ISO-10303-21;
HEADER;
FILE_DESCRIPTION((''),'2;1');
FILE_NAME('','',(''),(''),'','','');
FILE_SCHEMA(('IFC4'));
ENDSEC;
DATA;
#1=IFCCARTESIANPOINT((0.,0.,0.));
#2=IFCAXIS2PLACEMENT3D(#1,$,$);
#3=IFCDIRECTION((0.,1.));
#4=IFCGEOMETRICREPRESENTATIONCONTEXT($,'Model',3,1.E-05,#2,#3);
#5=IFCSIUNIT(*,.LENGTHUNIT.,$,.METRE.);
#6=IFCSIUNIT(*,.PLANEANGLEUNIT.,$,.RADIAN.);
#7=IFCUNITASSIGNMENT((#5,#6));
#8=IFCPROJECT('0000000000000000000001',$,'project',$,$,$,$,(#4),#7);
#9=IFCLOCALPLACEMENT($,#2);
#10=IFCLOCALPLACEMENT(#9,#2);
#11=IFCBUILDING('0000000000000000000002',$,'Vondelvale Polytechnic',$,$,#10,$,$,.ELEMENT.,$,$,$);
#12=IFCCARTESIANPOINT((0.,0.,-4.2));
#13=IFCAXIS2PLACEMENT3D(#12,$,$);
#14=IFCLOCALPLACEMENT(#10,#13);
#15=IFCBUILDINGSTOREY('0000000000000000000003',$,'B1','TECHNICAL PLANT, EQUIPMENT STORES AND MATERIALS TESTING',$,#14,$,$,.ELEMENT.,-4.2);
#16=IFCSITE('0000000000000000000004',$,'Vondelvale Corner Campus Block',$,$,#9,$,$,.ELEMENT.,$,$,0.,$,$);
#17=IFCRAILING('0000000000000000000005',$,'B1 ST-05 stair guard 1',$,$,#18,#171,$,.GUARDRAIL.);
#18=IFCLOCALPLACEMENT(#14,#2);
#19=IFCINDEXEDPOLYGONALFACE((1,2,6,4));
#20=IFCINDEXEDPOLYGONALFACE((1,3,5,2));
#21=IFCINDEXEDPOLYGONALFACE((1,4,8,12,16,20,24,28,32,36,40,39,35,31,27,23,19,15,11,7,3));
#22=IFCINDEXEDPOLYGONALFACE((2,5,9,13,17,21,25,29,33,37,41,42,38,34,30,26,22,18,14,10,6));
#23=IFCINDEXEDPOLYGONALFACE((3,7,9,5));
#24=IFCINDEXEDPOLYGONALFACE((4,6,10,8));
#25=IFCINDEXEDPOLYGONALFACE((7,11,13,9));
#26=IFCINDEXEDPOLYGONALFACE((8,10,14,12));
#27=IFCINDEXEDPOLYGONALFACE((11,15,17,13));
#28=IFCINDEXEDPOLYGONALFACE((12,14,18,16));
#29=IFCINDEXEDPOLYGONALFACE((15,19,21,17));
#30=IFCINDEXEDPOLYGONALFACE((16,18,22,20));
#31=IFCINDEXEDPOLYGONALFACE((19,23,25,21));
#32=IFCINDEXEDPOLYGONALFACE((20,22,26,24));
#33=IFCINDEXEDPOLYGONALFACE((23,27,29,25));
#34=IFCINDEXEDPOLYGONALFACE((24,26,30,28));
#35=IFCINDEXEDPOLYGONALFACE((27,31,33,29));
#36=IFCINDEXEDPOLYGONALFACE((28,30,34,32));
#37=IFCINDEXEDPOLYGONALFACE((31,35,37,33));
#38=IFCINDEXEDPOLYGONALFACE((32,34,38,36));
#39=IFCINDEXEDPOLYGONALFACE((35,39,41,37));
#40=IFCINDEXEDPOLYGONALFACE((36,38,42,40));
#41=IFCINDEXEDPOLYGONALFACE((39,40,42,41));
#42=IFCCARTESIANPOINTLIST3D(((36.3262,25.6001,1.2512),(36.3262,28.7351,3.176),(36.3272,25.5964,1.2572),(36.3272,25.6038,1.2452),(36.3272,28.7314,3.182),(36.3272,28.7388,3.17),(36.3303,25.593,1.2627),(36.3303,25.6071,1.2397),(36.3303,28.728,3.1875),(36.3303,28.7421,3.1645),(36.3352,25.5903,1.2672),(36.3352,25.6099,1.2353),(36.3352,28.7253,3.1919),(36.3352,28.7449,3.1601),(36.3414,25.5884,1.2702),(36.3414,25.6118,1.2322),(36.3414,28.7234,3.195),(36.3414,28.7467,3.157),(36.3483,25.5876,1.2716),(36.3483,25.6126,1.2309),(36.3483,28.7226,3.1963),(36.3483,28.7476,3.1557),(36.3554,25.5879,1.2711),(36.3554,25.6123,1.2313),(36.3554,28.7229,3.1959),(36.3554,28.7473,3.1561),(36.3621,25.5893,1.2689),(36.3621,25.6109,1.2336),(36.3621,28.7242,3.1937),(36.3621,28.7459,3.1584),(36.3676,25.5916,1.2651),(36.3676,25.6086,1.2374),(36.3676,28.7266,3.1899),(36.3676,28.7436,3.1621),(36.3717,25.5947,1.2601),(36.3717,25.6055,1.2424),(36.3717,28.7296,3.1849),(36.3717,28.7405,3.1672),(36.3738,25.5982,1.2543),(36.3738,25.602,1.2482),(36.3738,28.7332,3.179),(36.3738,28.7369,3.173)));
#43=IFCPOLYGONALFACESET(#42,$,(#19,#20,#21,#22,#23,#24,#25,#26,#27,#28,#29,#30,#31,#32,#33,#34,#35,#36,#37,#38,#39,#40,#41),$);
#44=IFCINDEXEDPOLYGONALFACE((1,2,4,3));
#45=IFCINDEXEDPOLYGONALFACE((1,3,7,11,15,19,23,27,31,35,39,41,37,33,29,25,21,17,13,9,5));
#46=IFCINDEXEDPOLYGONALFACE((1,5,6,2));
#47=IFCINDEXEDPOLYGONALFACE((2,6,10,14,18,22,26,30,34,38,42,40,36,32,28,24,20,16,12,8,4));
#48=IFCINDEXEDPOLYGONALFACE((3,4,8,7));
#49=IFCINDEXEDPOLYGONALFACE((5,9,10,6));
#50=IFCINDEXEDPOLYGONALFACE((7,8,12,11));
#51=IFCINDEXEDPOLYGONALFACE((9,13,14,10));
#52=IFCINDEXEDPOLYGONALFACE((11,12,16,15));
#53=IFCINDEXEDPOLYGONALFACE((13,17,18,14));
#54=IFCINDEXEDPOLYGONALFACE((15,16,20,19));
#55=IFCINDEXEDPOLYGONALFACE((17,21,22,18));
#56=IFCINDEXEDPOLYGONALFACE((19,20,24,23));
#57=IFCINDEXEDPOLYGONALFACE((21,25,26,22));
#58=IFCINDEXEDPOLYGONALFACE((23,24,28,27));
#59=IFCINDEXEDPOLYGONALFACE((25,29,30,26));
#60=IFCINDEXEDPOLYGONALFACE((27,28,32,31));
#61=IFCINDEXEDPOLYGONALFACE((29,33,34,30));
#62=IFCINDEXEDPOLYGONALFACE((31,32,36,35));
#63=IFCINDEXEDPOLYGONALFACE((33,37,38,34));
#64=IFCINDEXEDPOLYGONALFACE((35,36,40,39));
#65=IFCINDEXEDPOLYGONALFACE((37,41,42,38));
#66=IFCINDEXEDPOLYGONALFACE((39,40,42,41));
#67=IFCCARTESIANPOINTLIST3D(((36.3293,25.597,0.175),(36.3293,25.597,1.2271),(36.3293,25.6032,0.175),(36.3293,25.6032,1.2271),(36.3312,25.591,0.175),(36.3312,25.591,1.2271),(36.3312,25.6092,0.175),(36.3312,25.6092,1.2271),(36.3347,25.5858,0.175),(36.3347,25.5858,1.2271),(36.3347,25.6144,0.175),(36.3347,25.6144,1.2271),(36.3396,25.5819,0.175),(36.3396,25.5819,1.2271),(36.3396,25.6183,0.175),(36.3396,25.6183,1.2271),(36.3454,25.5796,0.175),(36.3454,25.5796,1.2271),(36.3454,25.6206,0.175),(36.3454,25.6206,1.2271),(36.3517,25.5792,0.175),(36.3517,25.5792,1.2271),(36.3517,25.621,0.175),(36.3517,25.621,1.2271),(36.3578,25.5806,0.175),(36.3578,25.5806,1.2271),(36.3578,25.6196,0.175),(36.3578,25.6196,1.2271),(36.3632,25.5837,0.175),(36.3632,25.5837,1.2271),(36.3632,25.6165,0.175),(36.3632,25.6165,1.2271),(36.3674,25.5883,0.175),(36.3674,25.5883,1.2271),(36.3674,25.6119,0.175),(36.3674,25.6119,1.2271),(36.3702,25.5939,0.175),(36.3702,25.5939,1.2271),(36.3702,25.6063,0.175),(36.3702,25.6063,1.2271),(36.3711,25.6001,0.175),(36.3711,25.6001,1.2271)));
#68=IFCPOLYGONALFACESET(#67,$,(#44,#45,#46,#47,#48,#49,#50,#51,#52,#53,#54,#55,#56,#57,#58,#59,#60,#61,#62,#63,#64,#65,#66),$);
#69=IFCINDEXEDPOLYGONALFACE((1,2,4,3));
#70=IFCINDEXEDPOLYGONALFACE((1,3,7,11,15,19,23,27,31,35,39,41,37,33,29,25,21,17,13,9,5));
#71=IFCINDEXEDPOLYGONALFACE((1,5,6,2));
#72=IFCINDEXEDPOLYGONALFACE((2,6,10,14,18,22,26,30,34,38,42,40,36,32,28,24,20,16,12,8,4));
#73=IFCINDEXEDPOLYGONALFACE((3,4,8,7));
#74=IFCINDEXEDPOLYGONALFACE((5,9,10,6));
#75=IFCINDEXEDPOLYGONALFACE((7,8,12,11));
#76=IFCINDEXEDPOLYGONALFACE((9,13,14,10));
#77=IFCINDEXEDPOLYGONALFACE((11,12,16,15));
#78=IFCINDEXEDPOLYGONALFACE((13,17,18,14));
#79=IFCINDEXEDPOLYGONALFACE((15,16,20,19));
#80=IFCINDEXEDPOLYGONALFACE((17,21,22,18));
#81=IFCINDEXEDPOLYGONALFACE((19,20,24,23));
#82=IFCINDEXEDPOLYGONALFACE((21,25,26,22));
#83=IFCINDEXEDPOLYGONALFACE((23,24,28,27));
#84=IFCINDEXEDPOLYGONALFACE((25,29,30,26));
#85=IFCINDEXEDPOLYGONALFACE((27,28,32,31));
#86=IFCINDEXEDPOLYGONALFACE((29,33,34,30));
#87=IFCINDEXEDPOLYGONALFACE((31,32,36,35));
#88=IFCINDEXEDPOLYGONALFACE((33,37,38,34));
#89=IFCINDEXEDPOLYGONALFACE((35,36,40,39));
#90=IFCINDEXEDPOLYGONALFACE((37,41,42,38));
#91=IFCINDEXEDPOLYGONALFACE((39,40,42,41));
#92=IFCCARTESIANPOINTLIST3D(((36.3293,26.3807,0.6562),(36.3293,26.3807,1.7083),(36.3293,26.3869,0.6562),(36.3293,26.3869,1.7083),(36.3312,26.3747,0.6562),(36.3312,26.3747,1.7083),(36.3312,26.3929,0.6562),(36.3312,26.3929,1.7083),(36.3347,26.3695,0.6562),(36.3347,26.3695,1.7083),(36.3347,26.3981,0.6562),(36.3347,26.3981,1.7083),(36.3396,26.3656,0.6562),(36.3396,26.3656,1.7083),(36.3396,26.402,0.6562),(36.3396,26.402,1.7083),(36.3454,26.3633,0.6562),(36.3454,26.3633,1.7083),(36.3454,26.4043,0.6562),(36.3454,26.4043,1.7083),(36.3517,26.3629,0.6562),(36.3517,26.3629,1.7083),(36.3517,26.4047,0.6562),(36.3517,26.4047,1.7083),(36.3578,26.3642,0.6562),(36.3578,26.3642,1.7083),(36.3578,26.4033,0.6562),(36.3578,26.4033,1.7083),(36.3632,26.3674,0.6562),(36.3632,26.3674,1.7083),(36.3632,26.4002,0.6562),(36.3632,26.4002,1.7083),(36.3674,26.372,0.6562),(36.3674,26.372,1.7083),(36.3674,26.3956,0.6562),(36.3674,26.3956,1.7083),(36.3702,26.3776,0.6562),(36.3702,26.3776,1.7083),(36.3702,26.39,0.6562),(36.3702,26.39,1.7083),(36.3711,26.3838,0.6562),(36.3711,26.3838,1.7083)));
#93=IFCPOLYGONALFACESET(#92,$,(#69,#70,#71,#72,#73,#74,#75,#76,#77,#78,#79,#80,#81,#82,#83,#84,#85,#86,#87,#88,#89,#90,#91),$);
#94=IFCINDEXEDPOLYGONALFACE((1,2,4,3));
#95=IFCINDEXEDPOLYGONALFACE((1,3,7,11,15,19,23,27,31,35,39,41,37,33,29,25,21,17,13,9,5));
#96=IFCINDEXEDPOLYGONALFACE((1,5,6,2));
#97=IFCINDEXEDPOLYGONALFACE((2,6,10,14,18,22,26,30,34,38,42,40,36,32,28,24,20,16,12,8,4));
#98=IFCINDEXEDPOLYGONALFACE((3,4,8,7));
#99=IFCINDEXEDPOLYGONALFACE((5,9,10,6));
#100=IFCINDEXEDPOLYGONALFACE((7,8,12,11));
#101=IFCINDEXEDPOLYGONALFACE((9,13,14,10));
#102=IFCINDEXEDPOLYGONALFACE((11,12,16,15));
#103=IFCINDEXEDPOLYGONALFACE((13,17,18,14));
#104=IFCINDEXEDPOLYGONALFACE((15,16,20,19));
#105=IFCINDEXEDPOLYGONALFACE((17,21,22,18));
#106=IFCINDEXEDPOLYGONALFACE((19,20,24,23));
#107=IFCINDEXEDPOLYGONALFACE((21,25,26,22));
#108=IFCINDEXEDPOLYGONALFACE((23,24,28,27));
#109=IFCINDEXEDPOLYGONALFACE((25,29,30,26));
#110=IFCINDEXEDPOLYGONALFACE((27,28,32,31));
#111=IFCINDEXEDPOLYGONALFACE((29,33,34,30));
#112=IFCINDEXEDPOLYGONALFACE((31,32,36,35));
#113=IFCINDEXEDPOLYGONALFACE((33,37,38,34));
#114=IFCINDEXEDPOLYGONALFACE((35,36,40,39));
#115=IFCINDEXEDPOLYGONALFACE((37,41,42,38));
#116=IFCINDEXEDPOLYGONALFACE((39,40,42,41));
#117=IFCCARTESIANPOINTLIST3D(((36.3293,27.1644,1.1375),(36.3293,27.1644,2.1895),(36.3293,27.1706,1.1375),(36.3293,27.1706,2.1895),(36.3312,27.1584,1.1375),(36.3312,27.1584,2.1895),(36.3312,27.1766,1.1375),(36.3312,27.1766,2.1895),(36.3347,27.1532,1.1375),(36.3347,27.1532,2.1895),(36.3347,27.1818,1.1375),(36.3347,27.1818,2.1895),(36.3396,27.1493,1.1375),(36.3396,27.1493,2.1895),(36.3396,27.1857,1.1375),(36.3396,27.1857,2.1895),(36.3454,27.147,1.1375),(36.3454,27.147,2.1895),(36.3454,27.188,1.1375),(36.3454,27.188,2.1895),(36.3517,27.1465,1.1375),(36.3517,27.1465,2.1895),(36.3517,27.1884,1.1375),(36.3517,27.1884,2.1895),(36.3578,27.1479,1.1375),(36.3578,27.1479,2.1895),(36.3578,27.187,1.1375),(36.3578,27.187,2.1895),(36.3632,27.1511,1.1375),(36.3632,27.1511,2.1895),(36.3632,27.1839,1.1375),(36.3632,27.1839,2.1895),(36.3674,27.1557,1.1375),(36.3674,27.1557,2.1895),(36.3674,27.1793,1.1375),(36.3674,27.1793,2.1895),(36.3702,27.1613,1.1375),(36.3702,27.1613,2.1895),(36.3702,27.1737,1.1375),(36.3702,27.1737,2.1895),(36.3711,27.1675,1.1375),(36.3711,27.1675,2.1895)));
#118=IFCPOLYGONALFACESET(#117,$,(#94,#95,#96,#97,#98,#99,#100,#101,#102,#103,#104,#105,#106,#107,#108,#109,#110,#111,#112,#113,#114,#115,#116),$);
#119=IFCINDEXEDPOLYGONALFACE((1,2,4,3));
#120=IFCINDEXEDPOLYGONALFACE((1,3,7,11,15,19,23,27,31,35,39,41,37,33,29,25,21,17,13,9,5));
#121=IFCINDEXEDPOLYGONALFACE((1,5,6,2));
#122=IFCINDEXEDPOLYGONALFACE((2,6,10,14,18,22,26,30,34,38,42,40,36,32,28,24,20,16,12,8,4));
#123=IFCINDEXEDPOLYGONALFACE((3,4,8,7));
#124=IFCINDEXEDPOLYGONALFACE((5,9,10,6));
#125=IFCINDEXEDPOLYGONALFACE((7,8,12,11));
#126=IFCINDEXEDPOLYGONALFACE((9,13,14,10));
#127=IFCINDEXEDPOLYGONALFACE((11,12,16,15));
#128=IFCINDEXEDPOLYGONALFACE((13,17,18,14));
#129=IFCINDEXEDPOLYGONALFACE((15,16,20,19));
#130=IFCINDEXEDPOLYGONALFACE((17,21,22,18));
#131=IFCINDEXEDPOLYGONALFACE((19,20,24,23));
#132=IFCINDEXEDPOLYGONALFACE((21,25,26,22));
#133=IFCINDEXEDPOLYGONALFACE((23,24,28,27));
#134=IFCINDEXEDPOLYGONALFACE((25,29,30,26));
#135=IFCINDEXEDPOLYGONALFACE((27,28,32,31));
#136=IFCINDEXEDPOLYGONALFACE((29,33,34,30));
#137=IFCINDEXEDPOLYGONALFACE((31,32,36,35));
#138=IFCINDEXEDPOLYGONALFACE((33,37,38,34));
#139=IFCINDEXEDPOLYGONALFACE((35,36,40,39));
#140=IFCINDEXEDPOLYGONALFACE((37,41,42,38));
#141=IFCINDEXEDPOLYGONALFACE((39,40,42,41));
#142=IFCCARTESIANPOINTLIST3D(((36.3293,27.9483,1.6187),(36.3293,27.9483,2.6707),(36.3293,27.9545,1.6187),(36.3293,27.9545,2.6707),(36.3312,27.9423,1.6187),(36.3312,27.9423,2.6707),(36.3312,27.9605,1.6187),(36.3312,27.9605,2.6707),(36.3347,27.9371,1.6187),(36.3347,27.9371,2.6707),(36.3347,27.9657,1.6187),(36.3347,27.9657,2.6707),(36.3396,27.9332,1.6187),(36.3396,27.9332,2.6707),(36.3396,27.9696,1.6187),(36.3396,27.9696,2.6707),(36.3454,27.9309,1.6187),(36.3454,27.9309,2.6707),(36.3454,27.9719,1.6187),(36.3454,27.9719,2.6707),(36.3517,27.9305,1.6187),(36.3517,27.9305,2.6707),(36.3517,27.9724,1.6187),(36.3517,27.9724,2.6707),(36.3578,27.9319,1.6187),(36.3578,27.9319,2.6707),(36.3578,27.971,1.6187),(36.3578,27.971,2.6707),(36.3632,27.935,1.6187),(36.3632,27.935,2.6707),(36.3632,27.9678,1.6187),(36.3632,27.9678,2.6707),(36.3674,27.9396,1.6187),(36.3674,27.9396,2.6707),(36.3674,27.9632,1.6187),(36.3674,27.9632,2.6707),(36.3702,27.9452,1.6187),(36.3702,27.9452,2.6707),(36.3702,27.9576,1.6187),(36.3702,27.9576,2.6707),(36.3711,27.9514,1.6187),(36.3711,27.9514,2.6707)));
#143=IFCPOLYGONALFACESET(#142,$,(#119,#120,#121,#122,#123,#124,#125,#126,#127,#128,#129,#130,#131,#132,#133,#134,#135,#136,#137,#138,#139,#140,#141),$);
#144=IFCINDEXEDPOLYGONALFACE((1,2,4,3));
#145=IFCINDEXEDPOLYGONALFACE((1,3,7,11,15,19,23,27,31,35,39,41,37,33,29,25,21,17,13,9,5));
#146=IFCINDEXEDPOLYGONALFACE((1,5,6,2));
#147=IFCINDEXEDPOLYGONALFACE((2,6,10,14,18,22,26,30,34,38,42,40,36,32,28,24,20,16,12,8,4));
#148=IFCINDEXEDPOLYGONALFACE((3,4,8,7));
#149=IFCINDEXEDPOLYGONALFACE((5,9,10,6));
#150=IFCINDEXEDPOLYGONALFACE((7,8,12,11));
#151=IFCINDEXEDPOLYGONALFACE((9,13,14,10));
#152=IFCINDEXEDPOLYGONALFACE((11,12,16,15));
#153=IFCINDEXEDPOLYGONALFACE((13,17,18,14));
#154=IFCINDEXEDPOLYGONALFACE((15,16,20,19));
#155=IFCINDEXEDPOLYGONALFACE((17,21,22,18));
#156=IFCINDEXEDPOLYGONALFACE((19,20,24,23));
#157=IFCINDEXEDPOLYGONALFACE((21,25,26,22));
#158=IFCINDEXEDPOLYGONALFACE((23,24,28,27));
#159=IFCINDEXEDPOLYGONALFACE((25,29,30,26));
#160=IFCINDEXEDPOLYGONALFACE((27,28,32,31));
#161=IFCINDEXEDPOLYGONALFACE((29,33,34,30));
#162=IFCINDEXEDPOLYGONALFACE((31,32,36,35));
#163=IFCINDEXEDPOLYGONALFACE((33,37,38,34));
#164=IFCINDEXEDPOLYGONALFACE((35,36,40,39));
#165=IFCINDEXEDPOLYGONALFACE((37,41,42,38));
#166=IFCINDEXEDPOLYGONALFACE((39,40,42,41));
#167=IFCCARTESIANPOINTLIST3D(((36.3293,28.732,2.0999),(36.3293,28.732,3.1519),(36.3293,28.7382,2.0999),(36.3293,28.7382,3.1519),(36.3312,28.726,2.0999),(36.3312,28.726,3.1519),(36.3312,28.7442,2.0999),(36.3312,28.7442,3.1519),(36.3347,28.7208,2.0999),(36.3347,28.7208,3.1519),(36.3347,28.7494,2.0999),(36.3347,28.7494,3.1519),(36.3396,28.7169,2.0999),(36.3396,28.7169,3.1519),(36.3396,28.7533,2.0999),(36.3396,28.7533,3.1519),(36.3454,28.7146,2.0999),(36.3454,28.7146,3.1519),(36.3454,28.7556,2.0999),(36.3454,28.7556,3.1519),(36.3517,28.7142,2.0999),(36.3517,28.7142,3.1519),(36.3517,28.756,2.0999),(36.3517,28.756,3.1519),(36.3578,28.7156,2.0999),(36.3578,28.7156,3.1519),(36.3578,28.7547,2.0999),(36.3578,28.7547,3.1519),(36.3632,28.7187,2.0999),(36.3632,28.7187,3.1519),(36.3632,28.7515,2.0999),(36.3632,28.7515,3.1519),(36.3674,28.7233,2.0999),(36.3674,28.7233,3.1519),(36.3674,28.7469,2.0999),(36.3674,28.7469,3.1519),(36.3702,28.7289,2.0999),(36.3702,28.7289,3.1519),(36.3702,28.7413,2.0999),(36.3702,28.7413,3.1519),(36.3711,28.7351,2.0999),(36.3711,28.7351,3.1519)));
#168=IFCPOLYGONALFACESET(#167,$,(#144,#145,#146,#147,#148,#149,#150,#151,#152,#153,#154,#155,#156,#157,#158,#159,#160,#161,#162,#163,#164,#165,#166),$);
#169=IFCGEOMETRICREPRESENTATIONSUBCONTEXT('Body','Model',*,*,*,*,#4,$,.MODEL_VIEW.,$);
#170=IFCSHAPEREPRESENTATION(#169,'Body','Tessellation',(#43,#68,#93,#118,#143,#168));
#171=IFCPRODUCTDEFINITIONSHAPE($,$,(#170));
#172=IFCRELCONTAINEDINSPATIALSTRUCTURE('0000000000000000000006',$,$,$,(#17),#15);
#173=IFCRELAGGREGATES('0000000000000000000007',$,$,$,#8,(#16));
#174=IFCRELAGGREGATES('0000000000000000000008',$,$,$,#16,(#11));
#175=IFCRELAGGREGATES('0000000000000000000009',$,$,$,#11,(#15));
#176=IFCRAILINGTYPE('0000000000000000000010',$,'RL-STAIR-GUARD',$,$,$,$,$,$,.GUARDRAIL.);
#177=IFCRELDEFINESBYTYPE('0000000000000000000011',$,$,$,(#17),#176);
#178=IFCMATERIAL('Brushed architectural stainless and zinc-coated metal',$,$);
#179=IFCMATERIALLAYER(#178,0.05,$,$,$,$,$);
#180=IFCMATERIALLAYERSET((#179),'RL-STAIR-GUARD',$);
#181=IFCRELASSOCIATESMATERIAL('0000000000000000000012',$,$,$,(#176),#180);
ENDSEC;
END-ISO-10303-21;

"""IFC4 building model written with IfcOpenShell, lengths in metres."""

from ifc_helpers import new_model, si_unit, direction, frame, origin, origin_2d, place, context, subcontext, project, spatial, circle, extrude, material, layer, layer_set, type_object, element, save


model = new_model("IFC4")

# Units and contexts
model_context = context("Model", 3, precision=1e-05, world=origin(), true_north=direction((0.0, 1.0)))
body_context = subcontext(model_context, "Body", "Model", "MODEL_VIEW")
ifc_project = project(units=[si_unit("LENGTHUNIT", "METRE"), si_unit("PLANEANGLEUNIT", "RADIAN")], contexts=[model_context])

# Site, building, storey
site_placement = place(None, origin())
site = spatial("IfcSite", under=ifc_project, at=site_placement, Name="Vondelvale Corner Campus Block", CompositionType="ELEMENT", RefElevation=0.0)
building_placement = place(site_placement, origin())
building = spatial("IfcBuilding", under=site, at=building_placement, Name="Vondelvale Polytechnic", CompositionType="ELEMENT")
storey_placement = place(building_placement, frame((0.0, 0.0, -4.2)))
storey = spatial("IfcBuildingStorey", under=building, at=storey_placement, Name="B1", Description="TECHNICAL PLANT, EQUIPMENT STORES AND MATERIALS TESTING", CompositionType="ELEMENT", Elevation=-4.2)

# Shared definitions
ifc_material_1 = material(Name="Brushed architectural stainless and zinc-coated metal")

# Railing
ifc_layer_1 = layer(ifc_material_1, 0.05)
ifc_layer_set_1 = layer_set([ifc_layer_1], Name="RL-STAIR-GUARD")
railing_type_1 = type_object("IfcRailingType", Name="RL-STAIR-GUARD", PredefinedType="GUARDRAIL", material=ifc_layer_set_1)
railing_1_placement = place(storey_placement, frame((36.3501, 25.6001, 0.175)))
element("IfcRailing", 1, at=railing_1_placement, inside=storey, type_object=railing_type_1, Name="B1 ST-05 stair guard 1", PredefinedType="GUARDRAIL", context=body_context, shape_type="SweptSolid", body=[
    extrude(circle(Radius=0.0239, at=origin_2d()), frame((0.0, 0.0, 1.0762), z_axis=(0.0, 0.852196, 0.523223), x_axis=(-1.0, 0.0, 0.0)), (0.0, 0.0, 1.0), 3.6787),
    extrude(circle(Radius=0.021, at=origin_2d()), origin(), (0.0, 0.0, 1.0), 1.052),
    extrude(circle(Radius=0.021, at=origin_2d()), frame((0.0, 0.7837, 0.4812)), (0.0, 0.0, 1.0), 1.052),
    extrude(circle(Radius=0.021, at=origin_2d()), frame((0.0, 1.5674, 0.9624)), (0.0, 0.0, 1.0), 1.052),
    extrude(circle(Radius=0.021, at=origin_2d()), frame((0.0, 2.3513, 1.4436)), (0.0, 0.0, 1.0), 1.052),
    extrude(circle(Radius=0.021, at=origin_2d()), frame((0.0, 3.135, 1.9248)), (0.0, 0.0, 1.0), 1.052),
])

save(model, "model.ifc")
